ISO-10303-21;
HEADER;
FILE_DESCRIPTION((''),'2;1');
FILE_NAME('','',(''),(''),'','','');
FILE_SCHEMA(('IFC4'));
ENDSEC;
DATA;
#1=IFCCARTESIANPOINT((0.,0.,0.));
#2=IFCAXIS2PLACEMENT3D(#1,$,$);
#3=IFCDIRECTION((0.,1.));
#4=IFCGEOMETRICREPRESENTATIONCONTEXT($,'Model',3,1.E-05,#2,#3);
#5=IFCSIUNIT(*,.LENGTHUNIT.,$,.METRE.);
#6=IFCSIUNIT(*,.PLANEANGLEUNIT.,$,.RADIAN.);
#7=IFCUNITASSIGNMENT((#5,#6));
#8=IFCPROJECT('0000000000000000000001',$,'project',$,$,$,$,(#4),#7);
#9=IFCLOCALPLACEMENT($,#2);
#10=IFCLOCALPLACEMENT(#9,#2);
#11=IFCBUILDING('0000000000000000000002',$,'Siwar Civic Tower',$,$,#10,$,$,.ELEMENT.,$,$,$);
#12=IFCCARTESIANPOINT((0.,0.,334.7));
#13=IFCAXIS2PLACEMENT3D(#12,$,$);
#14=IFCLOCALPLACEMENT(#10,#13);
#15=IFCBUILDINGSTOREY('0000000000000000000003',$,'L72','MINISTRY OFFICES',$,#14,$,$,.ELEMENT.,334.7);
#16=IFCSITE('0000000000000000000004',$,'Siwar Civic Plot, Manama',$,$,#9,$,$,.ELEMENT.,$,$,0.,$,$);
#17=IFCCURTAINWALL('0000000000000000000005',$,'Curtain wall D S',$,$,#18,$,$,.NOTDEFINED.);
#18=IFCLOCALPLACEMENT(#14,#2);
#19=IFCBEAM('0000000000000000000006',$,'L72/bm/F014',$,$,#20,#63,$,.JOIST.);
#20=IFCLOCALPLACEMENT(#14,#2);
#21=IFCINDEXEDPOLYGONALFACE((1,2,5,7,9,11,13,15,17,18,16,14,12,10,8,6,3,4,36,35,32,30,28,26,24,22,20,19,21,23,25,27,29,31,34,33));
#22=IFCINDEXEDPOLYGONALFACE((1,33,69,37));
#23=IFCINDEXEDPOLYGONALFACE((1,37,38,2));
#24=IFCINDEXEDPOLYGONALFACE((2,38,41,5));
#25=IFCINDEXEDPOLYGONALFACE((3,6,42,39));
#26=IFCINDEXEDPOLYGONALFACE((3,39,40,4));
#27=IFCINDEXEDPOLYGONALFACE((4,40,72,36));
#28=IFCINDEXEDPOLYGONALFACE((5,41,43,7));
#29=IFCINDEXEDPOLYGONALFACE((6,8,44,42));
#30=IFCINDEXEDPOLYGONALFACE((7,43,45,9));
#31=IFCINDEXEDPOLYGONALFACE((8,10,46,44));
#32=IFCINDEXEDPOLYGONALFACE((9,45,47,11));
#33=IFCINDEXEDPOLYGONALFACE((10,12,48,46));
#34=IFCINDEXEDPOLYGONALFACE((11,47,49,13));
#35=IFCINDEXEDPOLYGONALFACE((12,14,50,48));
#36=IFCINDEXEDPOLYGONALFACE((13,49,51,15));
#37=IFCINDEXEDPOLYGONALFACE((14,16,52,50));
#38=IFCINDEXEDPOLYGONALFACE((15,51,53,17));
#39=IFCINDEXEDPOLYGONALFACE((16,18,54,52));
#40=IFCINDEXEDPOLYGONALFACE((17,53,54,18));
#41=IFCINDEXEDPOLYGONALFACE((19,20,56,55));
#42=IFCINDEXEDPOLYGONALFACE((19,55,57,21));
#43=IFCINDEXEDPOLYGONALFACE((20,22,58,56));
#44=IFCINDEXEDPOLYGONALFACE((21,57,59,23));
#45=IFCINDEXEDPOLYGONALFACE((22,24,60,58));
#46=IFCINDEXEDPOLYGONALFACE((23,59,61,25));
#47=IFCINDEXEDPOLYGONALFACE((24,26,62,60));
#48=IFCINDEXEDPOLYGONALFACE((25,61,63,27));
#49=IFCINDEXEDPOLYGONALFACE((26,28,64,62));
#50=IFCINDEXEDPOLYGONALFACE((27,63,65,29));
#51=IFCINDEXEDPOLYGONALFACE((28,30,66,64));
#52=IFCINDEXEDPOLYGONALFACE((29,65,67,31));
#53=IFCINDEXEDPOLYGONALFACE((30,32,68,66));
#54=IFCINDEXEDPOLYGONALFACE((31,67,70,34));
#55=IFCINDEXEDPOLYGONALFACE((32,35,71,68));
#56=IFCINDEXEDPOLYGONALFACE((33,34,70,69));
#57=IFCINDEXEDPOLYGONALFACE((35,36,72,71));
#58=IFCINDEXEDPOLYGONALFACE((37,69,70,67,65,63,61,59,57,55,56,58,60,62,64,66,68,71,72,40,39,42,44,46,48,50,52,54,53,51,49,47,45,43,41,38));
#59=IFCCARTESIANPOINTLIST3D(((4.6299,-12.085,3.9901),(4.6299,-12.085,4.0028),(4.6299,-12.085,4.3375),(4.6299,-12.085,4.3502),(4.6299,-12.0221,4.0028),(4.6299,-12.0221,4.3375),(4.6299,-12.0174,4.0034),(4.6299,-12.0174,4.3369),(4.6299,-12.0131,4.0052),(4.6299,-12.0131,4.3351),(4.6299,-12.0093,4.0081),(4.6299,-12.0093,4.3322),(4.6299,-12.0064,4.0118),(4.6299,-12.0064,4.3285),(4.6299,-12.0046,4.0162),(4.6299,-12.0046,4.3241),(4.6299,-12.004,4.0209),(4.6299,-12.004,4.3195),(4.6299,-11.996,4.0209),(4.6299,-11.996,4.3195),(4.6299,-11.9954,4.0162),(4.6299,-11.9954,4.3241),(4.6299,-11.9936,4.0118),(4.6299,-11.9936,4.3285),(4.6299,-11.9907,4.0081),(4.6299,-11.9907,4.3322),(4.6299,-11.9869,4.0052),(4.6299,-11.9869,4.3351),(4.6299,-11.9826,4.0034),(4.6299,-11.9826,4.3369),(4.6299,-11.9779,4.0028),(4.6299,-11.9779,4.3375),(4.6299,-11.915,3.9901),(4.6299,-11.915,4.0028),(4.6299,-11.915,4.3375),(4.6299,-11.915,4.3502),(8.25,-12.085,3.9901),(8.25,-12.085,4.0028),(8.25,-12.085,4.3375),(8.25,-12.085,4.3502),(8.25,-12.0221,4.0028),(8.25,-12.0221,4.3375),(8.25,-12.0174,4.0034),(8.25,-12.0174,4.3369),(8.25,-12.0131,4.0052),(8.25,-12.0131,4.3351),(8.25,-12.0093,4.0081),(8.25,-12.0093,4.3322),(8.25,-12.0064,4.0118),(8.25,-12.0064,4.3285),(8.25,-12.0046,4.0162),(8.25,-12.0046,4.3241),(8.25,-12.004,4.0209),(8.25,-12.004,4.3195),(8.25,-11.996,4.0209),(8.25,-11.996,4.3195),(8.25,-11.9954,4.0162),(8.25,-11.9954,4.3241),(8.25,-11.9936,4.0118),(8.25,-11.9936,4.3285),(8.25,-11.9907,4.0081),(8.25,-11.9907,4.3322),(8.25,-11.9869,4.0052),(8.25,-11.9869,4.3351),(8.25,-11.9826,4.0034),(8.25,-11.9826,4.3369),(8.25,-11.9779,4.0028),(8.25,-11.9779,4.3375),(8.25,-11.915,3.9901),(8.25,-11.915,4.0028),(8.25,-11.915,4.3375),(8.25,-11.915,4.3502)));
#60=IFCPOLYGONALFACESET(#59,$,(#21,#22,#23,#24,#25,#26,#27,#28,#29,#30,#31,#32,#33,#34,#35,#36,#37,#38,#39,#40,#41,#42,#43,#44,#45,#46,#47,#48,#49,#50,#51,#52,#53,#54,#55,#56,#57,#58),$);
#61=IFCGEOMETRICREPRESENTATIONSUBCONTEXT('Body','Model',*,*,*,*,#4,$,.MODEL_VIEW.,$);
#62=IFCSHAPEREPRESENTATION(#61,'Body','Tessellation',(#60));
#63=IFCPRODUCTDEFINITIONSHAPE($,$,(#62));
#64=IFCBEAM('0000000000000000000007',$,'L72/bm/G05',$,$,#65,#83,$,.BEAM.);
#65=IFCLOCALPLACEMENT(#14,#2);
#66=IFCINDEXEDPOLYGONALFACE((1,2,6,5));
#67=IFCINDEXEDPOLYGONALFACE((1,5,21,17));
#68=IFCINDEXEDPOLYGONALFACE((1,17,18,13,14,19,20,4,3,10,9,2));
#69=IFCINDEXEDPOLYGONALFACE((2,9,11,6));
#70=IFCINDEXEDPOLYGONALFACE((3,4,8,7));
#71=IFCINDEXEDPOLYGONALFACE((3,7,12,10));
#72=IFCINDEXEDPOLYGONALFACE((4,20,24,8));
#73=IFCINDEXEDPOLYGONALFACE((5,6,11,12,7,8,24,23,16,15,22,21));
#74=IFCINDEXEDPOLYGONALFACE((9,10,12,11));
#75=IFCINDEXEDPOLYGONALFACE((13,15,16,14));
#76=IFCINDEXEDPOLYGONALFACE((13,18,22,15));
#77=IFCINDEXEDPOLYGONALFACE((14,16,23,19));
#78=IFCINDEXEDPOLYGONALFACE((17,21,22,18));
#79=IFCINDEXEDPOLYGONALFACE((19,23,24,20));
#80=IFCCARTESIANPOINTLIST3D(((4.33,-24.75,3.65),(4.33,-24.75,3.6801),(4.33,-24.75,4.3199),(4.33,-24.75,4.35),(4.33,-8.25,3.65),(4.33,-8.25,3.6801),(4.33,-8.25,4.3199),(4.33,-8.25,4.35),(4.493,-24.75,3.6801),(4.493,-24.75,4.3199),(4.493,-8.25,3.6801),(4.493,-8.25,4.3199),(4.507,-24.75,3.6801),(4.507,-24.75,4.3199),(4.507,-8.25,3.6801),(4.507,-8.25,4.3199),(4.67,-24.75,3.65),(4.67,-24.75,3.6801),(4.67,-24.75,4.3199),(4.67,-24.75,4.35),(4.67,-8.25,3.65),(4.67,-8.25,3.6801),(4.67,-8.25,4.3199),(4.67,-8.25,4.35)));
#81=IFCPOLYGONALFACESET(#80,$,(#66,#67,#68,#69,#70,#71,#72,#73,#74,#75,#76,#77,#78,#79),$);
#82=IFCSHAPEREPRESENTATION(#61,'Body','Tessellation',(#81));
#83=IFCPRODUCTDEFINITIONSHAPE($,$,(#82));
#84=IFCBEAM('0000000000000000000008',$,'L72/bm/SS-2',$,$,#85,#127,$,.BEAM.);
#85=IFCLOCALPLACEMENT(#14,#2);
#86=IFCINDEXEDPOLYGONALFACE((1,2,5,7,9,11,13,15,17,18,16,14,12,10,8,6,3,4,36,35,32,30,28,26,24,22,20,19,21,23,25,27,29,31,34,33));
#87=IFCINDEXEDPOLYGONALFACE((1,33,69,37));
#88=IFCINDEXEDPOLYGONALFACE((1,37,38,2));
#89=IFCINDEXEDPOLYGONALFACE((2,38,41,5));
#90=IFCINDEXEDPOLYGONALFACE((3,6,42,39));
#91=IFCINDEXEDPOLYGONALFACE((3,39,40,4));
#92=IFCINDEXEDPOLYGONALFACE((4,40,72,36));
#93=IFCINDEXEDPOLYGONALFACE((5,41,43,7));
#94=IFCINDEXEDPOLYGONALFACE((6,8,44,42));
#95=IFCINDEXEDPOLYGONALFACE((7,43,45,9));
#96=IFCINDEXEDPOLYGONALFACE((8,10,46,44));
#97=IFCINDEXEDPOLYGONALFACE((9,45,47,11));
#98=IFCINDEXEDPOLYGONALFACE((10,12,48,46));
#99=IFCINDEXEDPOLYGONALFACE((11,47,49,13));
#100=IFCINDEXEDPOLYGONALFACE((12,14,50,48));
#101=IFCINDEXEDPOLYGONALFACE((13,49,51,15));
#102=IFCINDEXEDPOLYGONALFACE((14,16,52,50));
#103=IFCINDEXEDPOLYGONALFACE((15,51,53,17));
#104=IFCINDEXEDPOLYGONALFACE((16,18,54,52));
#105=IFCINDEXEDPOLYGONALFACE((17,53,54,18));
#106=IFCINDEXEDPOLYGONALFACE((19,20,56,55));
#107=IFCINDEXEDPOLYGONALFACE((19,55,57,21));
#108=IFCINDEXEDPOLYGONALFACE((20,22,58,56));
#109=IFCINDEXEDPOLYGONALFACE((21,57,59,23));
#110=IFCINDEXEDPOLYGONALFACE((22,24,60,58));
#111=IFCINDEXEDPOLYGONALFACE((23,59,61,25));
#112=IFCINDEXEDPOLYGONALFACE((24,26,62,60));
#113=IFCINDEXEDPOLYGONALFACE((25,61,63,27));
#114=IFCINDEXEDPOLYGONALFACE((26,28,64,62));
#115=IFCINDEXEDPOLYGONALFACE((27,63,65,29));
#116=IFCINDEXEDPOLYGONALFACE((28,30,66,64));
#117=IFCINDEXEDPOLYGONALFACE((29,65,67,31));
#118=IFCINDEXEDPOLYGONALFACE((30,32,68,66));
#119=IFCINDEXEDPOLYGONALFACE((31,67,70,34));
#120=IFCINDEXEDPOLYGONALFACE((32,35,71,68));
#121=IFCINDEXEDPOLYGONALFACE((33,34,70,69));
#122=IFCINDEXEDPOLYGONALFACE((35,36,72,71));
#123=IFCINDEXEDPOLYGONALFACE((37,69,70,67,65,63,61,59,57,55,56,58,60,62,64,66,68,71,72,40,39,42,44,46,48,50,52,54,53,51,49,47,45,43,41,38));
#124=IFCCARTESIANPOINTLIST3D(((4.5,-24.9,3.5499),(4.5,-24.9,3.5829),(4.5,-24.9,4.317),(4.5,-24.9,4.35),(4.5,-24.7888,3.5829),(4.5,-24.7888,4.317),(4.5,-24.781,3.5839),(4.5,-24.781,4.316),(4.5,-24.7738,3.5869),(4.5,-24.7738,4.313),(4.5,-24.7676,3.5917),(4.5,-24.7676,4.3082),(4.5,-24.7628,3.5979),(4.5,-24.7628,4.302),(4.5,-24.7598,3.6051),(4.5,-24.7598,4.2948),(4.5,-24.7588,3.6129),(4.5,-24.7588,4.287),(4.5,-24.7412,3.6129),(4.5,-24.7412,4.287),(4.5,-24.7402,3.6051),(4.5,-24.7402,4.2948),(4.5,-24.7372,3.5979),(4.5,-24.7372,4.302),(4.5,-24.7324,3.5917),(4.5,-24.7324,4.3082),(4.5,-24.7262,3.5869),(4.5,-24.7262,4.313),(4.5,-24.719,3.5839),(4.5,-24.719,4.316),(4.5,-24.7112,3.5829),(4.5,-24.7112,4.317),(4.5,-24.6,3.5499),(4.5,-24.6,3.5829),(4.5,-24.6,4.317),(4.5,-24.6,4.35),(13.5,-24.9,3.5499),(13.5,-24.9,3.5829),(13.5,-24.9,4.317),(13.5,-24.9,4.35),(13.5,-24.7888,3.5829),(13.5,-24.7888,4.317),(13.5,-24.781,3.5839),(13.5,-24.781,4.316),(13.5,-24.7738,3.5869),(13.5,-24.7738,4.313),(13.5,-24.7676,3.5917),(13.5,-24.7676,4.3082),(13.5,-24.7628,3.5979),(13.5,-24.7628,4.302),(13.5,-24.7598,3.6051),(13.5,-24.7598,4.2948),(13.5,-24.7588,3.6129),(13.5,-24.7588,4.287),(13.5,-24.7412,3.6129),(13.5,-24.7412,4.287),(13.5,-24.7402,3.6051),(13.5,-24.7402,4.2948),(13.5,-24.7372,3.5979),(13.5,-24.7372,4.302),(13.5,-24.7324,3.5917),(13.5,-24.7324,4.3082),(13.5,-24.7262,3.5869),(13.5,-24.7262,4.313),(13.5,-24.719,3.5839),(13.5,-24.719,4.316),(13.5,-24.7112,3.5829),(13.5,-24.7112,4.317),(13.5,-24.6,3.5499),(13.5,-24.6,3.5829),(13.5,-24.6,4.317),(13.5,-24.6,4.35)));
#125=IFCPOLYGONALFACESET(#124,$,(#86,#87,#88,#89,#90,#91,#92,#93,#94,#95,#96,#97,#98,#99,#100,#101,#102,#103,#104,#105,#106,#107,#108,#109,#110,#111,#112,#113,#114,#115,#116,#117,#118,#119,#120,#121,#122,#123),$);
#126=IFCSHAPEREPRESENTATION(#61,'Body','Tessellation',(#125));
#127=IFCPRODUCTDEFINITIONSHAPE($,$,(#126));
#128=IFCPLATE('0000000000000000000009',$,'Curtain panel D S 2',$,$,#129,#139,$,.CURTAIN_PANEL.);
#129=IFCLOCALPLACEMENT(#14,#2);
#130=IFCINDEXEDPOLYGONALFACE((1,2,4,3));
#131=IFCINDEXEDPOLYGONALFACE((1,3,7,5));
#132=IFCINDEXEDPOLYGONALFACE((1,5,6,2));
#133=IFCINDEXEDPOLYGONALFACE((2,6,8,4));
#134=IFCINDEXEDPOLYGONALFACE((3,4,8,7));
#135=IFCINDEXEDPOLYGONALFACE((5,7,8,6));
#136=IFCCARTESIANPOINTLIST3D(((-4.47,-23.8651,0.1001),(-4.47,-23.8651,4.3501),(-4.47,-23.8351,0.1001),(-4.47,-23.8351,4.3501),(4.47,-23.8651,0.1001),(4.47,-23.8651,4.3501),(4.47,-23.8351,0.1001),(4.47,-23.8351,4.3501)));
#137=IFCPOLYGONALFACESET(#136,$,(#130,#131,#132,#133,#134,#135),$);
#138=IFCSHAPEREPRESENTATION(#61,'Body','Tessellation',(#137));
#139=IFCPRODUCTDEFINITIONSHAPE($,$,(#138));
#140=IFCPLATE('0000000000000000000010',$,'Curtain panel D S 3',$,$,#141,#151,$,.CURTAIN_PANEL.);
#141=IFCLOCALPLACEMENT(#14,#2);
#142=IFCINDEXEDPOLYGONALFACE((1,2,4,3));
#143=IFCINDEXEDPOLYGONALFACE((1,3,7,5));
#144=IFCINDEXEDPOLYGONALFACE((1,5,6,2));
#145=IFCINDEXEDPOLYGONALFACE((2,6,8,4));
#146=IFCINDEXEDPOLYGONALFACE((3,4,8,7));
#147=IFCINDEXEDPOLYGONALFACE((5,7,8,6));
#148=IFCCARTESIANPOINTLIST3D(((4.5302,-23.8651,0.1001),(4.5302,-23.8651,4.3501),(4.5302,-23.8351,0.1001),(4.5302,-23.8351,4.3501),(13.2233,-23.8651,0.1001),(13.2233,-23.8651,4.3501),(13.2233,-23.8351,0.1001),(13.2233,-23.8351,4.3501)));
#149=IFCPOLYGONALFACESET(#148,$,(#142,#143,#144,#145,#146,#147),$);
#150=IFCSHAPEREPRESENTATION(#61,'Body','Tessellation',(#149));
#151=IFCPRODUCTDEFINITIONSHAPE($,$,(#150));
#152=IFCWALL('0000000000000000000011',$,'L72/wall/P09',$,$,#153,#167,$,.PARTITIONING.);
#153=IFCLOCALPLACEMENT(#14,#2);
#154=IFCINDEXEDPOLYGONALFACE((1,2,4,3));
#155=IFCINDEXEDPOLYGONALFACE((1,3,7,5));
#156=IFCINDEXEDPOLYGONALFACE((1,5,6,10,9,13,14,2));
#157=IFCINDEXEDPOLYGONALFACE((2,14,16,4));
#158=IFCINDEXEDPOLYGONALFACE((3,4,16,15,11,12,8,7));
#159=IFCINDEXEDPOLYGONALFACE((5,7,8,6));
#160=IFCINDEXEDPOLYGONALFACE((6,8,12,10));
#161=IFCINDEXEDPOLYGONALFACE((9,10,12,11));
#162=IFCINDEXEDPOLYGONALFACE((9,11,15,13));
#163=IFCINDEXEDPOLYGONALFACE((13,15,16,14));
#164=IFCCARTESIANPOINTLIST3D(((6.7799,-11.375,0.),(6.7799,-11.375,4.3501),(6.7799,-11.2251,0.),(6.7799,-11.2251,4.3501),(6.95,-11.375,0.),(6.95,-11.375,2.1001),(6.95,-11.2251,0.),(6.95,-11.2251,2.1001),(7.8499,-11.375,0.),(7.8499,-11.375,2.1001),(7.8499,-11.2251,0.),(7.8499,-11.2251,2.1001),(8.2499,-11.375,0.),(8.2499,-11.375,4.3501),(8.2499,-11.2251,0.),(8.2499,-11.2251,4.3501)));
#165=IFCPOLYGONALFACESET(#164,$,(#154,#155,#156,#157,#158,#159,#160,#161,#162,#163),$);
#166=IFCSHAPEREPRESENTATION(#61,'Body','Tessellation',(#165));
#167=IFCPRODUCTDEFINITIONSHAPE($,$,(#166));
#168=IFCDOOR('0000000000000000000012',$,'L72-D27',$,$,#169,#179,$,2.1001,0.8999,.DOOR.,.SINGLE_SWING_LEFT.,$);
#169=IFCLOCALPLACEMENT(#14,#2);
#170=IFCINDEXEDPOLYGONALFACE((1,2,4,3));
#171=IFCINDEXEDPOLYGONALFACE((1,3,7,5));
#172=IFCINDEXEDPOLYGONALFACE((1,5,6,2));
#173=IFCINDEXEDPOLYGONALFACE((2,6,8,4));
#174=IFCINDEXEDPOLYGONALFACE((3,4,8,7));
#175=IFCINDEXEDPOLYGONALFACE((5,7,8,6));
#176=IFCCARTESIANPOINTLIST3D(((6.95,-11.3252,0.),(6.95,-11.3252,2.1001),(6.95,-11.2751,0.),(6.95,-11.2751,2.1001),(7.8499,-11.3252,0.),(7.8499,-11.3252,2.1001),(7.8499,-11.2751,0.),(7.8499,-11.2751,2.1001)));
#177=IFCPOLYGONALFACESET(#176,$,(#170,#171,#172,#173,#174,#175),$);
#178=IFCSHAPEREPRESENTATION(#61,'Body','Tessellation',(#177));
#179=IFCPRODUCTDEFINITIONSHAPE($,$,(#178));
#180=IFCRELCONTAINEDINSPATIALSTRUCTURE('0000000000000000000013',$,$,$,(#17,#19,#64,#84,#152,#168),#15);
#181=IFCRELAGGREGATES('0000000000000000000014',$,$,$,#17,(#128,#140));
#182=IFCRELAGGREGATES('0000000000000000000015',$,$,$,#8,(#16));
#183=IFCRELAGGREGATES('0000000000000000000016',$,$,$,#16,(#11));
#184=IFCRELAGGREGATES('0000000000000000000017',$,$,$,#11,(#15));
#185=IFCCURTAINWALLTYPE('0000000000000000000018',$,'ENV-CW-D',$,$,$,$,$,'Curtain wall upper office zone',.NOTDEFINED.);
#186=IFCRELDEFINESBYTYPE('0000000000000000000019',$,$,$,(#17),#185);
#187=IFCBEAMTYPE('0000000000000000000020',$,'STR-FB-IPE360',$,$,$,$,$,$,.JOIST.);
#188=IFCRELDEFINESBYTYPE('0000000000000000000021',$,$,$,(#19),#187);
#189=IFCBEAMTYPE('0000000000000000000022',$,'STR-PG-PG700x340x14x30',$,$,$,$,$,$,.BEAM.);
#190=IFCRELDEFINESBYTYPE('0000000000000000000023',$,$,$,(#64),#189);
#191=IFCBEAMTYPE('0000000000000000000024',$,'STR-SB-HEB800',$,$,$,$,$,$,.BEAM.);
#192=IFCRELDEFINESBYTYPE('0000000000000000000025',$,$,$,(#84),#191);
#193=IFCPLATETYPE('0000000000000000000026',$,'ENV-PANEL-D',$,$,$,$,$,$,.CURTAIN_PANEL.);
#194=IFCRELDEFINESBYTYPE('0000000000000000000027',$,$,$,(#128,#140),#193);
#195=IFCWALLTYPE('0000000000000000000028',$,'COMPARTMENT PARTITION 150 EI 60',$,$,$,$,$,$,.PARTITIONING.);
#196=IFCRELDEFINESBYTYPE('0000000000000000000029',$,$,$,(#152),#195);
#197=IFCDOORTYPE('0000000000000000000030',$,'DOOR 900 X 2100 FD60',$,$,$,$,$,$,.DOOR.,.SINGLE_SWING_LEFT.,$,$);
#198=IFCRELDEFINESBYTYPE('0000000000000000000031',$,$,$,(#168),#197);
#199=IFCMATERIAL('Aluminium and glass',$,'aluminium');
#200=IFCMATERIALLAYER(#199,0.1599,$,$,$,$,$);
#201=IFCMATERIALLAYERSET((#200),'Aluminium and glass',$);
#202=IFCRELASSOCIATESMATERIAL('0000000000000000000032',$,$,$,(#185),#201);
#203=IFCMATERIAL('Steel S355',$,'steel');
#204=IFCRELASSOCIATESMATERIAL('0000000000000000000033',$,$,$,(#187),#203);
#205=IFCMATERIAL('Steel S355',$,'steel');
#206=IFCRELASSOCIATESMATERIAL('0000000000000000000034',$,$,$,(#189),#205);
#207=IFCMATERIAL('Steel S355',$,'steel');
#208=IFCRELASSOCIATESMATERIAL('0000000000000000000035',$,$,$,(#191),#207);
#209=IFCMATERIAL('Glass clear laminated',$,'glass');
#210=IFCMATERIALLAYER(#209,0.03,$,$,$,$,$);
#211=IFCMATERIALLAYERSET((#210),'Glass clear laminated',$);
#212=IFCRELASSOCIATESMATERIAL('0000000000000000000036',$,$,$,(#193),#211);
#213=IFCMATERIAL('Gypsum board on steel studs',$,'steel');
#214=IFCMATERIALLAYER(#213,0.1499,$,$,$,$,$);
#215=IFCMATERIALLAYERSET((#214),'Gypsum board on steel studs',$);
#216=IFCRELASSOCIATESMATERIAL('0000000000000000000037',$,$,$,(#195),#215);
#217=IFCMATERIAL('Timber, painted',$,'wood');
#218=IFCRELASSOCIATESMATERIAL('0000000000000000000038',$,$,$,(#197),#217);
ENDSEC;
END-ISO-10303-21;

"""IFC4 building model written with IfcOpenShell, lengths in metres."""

from ifc_helpers import new_model, si_unit, direction, frame, frame_2d, origin, origin_2d, place, context, subcontext, project, spatial, rectangle, i_section, extrude, material, layer, layer_set, material_profile, profile_set, type_object, element, fill, aggregate, save


model = new_model("IFC4")

# Units and contexts
model_context = context("Model", 3, precision=1e-05, world=origin(), true_north=direction((0.0, 1.0)))
body_context = subcontext(model_context, "Body", "Model", "MODEL_VIEW")
ifc_project = project(units=[si_unit("LENGTHUNIT", "METRE"), si_unit("PLANEANGLEUNIT", "RADIAN")], contexts=[model_context])

# Site, building, storey
site_placement = place(None, origin())
site = spatial("IfcSite", under=ifc_project, at=site_placement, Name="Siwar Civic Plot, Manama", CompositionType="ELEMENT", RefElevation=0.0)
building_placement = place(site_placement, origin())
building = spatial("IfcBuilding", under=site, at=building_placement, Name="Siwar Civic Tower", CompositionType="ELEMENT")
storey_placement = place(building_placement, frame((0.0, 0.0, 334.7)))
storey = spatial("IfcBuildingStorey", under=building, at=storey_placement, Name="L72", Description="MINISTRY OFFICES", CompositionType="ELEMENT", Elevation=334.7)

# Curtain wall
ifc_material_1 = material(Name="Aluminium and glass", Category="aluminium")
ifc_layer_1 = layer(ifc_material_1, 0.1599)
ifc_layer_set_1 = layer_set([ifc_layer_1], Name="Aluminium and glass")
curtain_wall_type_1 = type_object("IfcCurtainWallType", Name="ENV-CW-D", ElementType="Curtain wall upper office zone", PredefinedType="NOTDEFINED", material=ifc_layer_set_1)
curtain_wall_1_placement = place(storey_placement, origin())
curtain_wall_1 = element("IfcCurtainWall", 1, at=curtain_wall_1_placement, inside=storey, type_object=curtain_wall_type_1, Name="Curtain wall D S", PredefinedType="NOTDEFINED")

# Beams
ifc_material_2 = material(Name="Steel S355", Category="steel")
ifc_material_profile_1 = material_profile(ifc_material_2, i_section(OverallWidth=0.1699, OverallDepth=0.3601, WebThickness=0.0081, FlangeThickness=0.0127, FilletRadius=0.0181, at=origin_2d()), Name="IPE360")
ifc_profile_set_1 = profile_set([ifc_material_profile_1], Name="Steel S355")
beam_type_1 = type_object("IfcBeamType", Name="STR-FB-IPE360", PredefinedType="JOIST", material=ifc_profile_set_1)
beam_1_placement = place(storey_placement, frame((4.6299, -12.0, 4.1702), z_axis=(1.0, 0.0, 0.0), x_axis=(0.0, 1.0, 0.0)))
element("IfcBeam", 2, at=beam_1_placement, inside=storey, type_object=beam_type_1, Name="L72/bm/F014", PredefinedType="JOIST", context=body_context, shape_type="SweptSolid", body=[
    extrude(i_section(OverallWidth=0.1699, OverallDepth=0.3601, WebThickness=0.0081, FlangeThickness=0.0127, FilletRadius=0.0181, at=origin_2d()), origin(), (0.0, 0.0, 1.0), 3.6201),
])
ifc_material_3 = material(Name="Steel S355", Category="steel")
ifc_material_profile_2 = material_profile(ifc_material_3, i_section(OverallWidth=0.3401, OverallDepth=0.7, WebThickness=0.0139, FlangeThickness=0.03, at=origin_2d()), Name="PG700x340x14x30")
ifc_profile_set_2 = profile_set([ifc_material_profile_2], Name="Steel S355")
beam_type_2 = type_object("IfcBeamType", Name="STR-PG-PG700x340x14x30", PredefinedType="BEAM", material=ifc_profile_set_2)
beam_2_placement = place(storey_placement, frame((4.5, -24.75, 4.0), z_axis=(0.0, 1.0, 0.0), x_axis=(-1.0, 0.0, 0.0)))
element("IfcBeam", 3, at=beam_2_placement, inside=storey, type_object=beam_type_2, Name="L72/bm/G05", PredefinedType="BEAM", context=body_context, shape_type="SweptSolid", body=[
    extrude(i_section(OverallWidth=0.3401, OverallDepth=0.7, WebThickness=0.0139, FlangeThickness=0.03, at=origin_2d()), origin(), (0.0, 0.0, 1.0), 16.5),
])
ifc_material_4 = material(Name="Steel S355", Category="steel")
ifc_material_profile_3 = material_profile(ifc_material_4, i_section(OverallWidth=0.3, OverallDepth=0.8, WebThickness=0.0176, FlangeThickness=0.033, FilletRadius=0.03, at=origin_2d()), Name="HEB800")
ifc_profile_set_3 = profile_set([ifc_material_profile_3], Name="Steel S355")
beam_type_3 = type_object("IfcBeamType", Name="STR-SB-HEB800", PredefinedType="BEAM", material=ifc_profile_set_3)
beam_3_placement = place(storey_placement, frame((4.5, -24.75, 3.95), z_axis=(1.0, 0.0, 0.0), x_axis=(0.0, 1.0, 0.0)))
element("IfcBeam", 4, at=beam_3_placement, inside=storey, type_object=beam_type_3, Name="L72/bm/SS-2", PredefinedType="BEAM", context=body_context, shape_type="SweptSolid", body=[
    extrude(i_section(OverallWidth=0.3, OverallDepth=0.8, WebThickness=0.0176, FlangeThickness=0.033, FilletRadius=0.03, at=origin_2d()), origin(), (0.0, 0.0, 1.0), 9.0),
])

# Plates
ifc_material_5 = material(Name="Glass clear laminated", Category="glass")
ifc_layer_2 = layer(ifc_material_5, 0.03)
ifc_layer_set_2 = layer_set([ifc_layer_2], Name="Glass clear laminated")
plate_type = type_object("IfcPlateType", Name="ENV-PANEL-D", PredefinedType="CURTAIN_PANEL", material=ifc_layer_set_2)
plate_1_placement = place(storey_placement, frame((0.0, -23.8501, 0.1001), z_axis=(0.0, 0.0, 1.0), x_axis=(1.0, 0.0, 0.0)))
plate_1 = element("IfcPlate", 5, at=plate_1_placement, type_object=plate_type, Name="Curtain panel D S 2", PredefinedType="CURTAIN_PANEL", context=body_context, shape_type="SweptSolid", body=[
    extrude(rectangle(XDim=8.9399, YDim=0.03, at=origin_2d()), origin(), (0.0, 0.0, 1.0), 4.25),
])
plate_2_placement = place(storey_placement, frame((8.8767, -23.8501, 0.1001), z_axis=(0.0, 0.0, 1.0), x_axis=(1.0, 0.0, 0.0)))
plate_2 = element("IfcPlate", 6, at=plate_2_placement, type_object=plate_type, Name="Curtain panel D S 3", PredefinedType="CURTAIN_PANEL", context=body_context, shape_type="SweptSolid", body=[
    extrude(rectangle(XDim=8.6931, YDim=0.03, at=origin_2d()), origin(), (0.0, 0.0, 1.0), 4.25),
])
aggregate(curtain_wall_1, [plate_1, plate_2])

# Wall, opening, door
ifc_material_6 = material(Name="Gypsum board on steel studs", Category="steel")
ifc_layer_3 = layer(ifc_material_6, 0.1499)
ifc_layer_set_3 = layer_set([ifc_layer_3], Name="Gypsum board on steel studs")
wall_type_1 = type_object("IfcWallType", Name="COMPARTMENT PARTITION 150 EI 60", PredefinedType="PARTITIONING", material=ifc_layer_set_3)
wall_1_placement = place(storey_placement, frame((6.78, -11.3, 0.0), z_axis=(0.0, 0.0, 1.0), x_axis=(1.0, 0.0, 0.0)))
wall_1 = element("IfcWall", 7, at=wall_1_placement, inside=storey, type_object=wall_type_1, Name="L72/wall/P09", PredefinedType="PARTITIONING", context=body_context, shape_type="SweptSolid", body=[
    extrude(rectangle(XDim=1.47, YDim=0.1499, at=frame_2d((0.7349, 0.0))), origin(), (0.0, 0.0, 1.0), 4.3501),
])
opening_placement = place(wall_1_placement, frame((0.1699, 0.0, 0.0)))
opening = element("IfcOpeningElement", 8, at=opening_placement, cuts=wall_1, PredefinedType="OPENING", context=body_context, shape_type="SweptSolid", body=[
    extrude(rectangle(XDim=0.8999, YDim=2.1001, at=frame_2d((0.45, 1.05))), frame((0.0, 0.085, 0.0), z_axis=(0.0, -1.0, 0.0), x_axis=(1.0, 0.0, 0.0)), (0.0, 0.0, 1.0), 0.1699),
])
ifc_material_7 = material(Name="Timber, painted", Category="wood")
door_type = type_object("IfcDoorType", Name="DOOR 900 X 2100 FD60", OperationType="SINGLE_SWING_LEFT", PredefinedType="DOOR", material=ifc_material_7)
door_placement = place(opening_placement, origin())
door = element("IfcDoor", 9, at=door_placement, inside=storey, type_object=door_type, Name="L72-D27", OperationType="SINGLE_SWING_LEFT", OverallHeight=2.1001, OverallWidth=0.8999, PredefinedType="DOOR", context=body_context, shape_type="SweptSolid", body=[
    extrude(rectangle(XDim=0.8999, YDim=2.1001, at=frame_2d((0.45, 1.05))), frame((0.0, 0.0249, 0.0), z_axis=(0.0, -1.0, 0.0), x_axis=(1.0, 0.0, 0.0)), (0.0, 0.0, 1.0), 0.05),
])
fill(opening, door)

save(model, "model.ifc")
